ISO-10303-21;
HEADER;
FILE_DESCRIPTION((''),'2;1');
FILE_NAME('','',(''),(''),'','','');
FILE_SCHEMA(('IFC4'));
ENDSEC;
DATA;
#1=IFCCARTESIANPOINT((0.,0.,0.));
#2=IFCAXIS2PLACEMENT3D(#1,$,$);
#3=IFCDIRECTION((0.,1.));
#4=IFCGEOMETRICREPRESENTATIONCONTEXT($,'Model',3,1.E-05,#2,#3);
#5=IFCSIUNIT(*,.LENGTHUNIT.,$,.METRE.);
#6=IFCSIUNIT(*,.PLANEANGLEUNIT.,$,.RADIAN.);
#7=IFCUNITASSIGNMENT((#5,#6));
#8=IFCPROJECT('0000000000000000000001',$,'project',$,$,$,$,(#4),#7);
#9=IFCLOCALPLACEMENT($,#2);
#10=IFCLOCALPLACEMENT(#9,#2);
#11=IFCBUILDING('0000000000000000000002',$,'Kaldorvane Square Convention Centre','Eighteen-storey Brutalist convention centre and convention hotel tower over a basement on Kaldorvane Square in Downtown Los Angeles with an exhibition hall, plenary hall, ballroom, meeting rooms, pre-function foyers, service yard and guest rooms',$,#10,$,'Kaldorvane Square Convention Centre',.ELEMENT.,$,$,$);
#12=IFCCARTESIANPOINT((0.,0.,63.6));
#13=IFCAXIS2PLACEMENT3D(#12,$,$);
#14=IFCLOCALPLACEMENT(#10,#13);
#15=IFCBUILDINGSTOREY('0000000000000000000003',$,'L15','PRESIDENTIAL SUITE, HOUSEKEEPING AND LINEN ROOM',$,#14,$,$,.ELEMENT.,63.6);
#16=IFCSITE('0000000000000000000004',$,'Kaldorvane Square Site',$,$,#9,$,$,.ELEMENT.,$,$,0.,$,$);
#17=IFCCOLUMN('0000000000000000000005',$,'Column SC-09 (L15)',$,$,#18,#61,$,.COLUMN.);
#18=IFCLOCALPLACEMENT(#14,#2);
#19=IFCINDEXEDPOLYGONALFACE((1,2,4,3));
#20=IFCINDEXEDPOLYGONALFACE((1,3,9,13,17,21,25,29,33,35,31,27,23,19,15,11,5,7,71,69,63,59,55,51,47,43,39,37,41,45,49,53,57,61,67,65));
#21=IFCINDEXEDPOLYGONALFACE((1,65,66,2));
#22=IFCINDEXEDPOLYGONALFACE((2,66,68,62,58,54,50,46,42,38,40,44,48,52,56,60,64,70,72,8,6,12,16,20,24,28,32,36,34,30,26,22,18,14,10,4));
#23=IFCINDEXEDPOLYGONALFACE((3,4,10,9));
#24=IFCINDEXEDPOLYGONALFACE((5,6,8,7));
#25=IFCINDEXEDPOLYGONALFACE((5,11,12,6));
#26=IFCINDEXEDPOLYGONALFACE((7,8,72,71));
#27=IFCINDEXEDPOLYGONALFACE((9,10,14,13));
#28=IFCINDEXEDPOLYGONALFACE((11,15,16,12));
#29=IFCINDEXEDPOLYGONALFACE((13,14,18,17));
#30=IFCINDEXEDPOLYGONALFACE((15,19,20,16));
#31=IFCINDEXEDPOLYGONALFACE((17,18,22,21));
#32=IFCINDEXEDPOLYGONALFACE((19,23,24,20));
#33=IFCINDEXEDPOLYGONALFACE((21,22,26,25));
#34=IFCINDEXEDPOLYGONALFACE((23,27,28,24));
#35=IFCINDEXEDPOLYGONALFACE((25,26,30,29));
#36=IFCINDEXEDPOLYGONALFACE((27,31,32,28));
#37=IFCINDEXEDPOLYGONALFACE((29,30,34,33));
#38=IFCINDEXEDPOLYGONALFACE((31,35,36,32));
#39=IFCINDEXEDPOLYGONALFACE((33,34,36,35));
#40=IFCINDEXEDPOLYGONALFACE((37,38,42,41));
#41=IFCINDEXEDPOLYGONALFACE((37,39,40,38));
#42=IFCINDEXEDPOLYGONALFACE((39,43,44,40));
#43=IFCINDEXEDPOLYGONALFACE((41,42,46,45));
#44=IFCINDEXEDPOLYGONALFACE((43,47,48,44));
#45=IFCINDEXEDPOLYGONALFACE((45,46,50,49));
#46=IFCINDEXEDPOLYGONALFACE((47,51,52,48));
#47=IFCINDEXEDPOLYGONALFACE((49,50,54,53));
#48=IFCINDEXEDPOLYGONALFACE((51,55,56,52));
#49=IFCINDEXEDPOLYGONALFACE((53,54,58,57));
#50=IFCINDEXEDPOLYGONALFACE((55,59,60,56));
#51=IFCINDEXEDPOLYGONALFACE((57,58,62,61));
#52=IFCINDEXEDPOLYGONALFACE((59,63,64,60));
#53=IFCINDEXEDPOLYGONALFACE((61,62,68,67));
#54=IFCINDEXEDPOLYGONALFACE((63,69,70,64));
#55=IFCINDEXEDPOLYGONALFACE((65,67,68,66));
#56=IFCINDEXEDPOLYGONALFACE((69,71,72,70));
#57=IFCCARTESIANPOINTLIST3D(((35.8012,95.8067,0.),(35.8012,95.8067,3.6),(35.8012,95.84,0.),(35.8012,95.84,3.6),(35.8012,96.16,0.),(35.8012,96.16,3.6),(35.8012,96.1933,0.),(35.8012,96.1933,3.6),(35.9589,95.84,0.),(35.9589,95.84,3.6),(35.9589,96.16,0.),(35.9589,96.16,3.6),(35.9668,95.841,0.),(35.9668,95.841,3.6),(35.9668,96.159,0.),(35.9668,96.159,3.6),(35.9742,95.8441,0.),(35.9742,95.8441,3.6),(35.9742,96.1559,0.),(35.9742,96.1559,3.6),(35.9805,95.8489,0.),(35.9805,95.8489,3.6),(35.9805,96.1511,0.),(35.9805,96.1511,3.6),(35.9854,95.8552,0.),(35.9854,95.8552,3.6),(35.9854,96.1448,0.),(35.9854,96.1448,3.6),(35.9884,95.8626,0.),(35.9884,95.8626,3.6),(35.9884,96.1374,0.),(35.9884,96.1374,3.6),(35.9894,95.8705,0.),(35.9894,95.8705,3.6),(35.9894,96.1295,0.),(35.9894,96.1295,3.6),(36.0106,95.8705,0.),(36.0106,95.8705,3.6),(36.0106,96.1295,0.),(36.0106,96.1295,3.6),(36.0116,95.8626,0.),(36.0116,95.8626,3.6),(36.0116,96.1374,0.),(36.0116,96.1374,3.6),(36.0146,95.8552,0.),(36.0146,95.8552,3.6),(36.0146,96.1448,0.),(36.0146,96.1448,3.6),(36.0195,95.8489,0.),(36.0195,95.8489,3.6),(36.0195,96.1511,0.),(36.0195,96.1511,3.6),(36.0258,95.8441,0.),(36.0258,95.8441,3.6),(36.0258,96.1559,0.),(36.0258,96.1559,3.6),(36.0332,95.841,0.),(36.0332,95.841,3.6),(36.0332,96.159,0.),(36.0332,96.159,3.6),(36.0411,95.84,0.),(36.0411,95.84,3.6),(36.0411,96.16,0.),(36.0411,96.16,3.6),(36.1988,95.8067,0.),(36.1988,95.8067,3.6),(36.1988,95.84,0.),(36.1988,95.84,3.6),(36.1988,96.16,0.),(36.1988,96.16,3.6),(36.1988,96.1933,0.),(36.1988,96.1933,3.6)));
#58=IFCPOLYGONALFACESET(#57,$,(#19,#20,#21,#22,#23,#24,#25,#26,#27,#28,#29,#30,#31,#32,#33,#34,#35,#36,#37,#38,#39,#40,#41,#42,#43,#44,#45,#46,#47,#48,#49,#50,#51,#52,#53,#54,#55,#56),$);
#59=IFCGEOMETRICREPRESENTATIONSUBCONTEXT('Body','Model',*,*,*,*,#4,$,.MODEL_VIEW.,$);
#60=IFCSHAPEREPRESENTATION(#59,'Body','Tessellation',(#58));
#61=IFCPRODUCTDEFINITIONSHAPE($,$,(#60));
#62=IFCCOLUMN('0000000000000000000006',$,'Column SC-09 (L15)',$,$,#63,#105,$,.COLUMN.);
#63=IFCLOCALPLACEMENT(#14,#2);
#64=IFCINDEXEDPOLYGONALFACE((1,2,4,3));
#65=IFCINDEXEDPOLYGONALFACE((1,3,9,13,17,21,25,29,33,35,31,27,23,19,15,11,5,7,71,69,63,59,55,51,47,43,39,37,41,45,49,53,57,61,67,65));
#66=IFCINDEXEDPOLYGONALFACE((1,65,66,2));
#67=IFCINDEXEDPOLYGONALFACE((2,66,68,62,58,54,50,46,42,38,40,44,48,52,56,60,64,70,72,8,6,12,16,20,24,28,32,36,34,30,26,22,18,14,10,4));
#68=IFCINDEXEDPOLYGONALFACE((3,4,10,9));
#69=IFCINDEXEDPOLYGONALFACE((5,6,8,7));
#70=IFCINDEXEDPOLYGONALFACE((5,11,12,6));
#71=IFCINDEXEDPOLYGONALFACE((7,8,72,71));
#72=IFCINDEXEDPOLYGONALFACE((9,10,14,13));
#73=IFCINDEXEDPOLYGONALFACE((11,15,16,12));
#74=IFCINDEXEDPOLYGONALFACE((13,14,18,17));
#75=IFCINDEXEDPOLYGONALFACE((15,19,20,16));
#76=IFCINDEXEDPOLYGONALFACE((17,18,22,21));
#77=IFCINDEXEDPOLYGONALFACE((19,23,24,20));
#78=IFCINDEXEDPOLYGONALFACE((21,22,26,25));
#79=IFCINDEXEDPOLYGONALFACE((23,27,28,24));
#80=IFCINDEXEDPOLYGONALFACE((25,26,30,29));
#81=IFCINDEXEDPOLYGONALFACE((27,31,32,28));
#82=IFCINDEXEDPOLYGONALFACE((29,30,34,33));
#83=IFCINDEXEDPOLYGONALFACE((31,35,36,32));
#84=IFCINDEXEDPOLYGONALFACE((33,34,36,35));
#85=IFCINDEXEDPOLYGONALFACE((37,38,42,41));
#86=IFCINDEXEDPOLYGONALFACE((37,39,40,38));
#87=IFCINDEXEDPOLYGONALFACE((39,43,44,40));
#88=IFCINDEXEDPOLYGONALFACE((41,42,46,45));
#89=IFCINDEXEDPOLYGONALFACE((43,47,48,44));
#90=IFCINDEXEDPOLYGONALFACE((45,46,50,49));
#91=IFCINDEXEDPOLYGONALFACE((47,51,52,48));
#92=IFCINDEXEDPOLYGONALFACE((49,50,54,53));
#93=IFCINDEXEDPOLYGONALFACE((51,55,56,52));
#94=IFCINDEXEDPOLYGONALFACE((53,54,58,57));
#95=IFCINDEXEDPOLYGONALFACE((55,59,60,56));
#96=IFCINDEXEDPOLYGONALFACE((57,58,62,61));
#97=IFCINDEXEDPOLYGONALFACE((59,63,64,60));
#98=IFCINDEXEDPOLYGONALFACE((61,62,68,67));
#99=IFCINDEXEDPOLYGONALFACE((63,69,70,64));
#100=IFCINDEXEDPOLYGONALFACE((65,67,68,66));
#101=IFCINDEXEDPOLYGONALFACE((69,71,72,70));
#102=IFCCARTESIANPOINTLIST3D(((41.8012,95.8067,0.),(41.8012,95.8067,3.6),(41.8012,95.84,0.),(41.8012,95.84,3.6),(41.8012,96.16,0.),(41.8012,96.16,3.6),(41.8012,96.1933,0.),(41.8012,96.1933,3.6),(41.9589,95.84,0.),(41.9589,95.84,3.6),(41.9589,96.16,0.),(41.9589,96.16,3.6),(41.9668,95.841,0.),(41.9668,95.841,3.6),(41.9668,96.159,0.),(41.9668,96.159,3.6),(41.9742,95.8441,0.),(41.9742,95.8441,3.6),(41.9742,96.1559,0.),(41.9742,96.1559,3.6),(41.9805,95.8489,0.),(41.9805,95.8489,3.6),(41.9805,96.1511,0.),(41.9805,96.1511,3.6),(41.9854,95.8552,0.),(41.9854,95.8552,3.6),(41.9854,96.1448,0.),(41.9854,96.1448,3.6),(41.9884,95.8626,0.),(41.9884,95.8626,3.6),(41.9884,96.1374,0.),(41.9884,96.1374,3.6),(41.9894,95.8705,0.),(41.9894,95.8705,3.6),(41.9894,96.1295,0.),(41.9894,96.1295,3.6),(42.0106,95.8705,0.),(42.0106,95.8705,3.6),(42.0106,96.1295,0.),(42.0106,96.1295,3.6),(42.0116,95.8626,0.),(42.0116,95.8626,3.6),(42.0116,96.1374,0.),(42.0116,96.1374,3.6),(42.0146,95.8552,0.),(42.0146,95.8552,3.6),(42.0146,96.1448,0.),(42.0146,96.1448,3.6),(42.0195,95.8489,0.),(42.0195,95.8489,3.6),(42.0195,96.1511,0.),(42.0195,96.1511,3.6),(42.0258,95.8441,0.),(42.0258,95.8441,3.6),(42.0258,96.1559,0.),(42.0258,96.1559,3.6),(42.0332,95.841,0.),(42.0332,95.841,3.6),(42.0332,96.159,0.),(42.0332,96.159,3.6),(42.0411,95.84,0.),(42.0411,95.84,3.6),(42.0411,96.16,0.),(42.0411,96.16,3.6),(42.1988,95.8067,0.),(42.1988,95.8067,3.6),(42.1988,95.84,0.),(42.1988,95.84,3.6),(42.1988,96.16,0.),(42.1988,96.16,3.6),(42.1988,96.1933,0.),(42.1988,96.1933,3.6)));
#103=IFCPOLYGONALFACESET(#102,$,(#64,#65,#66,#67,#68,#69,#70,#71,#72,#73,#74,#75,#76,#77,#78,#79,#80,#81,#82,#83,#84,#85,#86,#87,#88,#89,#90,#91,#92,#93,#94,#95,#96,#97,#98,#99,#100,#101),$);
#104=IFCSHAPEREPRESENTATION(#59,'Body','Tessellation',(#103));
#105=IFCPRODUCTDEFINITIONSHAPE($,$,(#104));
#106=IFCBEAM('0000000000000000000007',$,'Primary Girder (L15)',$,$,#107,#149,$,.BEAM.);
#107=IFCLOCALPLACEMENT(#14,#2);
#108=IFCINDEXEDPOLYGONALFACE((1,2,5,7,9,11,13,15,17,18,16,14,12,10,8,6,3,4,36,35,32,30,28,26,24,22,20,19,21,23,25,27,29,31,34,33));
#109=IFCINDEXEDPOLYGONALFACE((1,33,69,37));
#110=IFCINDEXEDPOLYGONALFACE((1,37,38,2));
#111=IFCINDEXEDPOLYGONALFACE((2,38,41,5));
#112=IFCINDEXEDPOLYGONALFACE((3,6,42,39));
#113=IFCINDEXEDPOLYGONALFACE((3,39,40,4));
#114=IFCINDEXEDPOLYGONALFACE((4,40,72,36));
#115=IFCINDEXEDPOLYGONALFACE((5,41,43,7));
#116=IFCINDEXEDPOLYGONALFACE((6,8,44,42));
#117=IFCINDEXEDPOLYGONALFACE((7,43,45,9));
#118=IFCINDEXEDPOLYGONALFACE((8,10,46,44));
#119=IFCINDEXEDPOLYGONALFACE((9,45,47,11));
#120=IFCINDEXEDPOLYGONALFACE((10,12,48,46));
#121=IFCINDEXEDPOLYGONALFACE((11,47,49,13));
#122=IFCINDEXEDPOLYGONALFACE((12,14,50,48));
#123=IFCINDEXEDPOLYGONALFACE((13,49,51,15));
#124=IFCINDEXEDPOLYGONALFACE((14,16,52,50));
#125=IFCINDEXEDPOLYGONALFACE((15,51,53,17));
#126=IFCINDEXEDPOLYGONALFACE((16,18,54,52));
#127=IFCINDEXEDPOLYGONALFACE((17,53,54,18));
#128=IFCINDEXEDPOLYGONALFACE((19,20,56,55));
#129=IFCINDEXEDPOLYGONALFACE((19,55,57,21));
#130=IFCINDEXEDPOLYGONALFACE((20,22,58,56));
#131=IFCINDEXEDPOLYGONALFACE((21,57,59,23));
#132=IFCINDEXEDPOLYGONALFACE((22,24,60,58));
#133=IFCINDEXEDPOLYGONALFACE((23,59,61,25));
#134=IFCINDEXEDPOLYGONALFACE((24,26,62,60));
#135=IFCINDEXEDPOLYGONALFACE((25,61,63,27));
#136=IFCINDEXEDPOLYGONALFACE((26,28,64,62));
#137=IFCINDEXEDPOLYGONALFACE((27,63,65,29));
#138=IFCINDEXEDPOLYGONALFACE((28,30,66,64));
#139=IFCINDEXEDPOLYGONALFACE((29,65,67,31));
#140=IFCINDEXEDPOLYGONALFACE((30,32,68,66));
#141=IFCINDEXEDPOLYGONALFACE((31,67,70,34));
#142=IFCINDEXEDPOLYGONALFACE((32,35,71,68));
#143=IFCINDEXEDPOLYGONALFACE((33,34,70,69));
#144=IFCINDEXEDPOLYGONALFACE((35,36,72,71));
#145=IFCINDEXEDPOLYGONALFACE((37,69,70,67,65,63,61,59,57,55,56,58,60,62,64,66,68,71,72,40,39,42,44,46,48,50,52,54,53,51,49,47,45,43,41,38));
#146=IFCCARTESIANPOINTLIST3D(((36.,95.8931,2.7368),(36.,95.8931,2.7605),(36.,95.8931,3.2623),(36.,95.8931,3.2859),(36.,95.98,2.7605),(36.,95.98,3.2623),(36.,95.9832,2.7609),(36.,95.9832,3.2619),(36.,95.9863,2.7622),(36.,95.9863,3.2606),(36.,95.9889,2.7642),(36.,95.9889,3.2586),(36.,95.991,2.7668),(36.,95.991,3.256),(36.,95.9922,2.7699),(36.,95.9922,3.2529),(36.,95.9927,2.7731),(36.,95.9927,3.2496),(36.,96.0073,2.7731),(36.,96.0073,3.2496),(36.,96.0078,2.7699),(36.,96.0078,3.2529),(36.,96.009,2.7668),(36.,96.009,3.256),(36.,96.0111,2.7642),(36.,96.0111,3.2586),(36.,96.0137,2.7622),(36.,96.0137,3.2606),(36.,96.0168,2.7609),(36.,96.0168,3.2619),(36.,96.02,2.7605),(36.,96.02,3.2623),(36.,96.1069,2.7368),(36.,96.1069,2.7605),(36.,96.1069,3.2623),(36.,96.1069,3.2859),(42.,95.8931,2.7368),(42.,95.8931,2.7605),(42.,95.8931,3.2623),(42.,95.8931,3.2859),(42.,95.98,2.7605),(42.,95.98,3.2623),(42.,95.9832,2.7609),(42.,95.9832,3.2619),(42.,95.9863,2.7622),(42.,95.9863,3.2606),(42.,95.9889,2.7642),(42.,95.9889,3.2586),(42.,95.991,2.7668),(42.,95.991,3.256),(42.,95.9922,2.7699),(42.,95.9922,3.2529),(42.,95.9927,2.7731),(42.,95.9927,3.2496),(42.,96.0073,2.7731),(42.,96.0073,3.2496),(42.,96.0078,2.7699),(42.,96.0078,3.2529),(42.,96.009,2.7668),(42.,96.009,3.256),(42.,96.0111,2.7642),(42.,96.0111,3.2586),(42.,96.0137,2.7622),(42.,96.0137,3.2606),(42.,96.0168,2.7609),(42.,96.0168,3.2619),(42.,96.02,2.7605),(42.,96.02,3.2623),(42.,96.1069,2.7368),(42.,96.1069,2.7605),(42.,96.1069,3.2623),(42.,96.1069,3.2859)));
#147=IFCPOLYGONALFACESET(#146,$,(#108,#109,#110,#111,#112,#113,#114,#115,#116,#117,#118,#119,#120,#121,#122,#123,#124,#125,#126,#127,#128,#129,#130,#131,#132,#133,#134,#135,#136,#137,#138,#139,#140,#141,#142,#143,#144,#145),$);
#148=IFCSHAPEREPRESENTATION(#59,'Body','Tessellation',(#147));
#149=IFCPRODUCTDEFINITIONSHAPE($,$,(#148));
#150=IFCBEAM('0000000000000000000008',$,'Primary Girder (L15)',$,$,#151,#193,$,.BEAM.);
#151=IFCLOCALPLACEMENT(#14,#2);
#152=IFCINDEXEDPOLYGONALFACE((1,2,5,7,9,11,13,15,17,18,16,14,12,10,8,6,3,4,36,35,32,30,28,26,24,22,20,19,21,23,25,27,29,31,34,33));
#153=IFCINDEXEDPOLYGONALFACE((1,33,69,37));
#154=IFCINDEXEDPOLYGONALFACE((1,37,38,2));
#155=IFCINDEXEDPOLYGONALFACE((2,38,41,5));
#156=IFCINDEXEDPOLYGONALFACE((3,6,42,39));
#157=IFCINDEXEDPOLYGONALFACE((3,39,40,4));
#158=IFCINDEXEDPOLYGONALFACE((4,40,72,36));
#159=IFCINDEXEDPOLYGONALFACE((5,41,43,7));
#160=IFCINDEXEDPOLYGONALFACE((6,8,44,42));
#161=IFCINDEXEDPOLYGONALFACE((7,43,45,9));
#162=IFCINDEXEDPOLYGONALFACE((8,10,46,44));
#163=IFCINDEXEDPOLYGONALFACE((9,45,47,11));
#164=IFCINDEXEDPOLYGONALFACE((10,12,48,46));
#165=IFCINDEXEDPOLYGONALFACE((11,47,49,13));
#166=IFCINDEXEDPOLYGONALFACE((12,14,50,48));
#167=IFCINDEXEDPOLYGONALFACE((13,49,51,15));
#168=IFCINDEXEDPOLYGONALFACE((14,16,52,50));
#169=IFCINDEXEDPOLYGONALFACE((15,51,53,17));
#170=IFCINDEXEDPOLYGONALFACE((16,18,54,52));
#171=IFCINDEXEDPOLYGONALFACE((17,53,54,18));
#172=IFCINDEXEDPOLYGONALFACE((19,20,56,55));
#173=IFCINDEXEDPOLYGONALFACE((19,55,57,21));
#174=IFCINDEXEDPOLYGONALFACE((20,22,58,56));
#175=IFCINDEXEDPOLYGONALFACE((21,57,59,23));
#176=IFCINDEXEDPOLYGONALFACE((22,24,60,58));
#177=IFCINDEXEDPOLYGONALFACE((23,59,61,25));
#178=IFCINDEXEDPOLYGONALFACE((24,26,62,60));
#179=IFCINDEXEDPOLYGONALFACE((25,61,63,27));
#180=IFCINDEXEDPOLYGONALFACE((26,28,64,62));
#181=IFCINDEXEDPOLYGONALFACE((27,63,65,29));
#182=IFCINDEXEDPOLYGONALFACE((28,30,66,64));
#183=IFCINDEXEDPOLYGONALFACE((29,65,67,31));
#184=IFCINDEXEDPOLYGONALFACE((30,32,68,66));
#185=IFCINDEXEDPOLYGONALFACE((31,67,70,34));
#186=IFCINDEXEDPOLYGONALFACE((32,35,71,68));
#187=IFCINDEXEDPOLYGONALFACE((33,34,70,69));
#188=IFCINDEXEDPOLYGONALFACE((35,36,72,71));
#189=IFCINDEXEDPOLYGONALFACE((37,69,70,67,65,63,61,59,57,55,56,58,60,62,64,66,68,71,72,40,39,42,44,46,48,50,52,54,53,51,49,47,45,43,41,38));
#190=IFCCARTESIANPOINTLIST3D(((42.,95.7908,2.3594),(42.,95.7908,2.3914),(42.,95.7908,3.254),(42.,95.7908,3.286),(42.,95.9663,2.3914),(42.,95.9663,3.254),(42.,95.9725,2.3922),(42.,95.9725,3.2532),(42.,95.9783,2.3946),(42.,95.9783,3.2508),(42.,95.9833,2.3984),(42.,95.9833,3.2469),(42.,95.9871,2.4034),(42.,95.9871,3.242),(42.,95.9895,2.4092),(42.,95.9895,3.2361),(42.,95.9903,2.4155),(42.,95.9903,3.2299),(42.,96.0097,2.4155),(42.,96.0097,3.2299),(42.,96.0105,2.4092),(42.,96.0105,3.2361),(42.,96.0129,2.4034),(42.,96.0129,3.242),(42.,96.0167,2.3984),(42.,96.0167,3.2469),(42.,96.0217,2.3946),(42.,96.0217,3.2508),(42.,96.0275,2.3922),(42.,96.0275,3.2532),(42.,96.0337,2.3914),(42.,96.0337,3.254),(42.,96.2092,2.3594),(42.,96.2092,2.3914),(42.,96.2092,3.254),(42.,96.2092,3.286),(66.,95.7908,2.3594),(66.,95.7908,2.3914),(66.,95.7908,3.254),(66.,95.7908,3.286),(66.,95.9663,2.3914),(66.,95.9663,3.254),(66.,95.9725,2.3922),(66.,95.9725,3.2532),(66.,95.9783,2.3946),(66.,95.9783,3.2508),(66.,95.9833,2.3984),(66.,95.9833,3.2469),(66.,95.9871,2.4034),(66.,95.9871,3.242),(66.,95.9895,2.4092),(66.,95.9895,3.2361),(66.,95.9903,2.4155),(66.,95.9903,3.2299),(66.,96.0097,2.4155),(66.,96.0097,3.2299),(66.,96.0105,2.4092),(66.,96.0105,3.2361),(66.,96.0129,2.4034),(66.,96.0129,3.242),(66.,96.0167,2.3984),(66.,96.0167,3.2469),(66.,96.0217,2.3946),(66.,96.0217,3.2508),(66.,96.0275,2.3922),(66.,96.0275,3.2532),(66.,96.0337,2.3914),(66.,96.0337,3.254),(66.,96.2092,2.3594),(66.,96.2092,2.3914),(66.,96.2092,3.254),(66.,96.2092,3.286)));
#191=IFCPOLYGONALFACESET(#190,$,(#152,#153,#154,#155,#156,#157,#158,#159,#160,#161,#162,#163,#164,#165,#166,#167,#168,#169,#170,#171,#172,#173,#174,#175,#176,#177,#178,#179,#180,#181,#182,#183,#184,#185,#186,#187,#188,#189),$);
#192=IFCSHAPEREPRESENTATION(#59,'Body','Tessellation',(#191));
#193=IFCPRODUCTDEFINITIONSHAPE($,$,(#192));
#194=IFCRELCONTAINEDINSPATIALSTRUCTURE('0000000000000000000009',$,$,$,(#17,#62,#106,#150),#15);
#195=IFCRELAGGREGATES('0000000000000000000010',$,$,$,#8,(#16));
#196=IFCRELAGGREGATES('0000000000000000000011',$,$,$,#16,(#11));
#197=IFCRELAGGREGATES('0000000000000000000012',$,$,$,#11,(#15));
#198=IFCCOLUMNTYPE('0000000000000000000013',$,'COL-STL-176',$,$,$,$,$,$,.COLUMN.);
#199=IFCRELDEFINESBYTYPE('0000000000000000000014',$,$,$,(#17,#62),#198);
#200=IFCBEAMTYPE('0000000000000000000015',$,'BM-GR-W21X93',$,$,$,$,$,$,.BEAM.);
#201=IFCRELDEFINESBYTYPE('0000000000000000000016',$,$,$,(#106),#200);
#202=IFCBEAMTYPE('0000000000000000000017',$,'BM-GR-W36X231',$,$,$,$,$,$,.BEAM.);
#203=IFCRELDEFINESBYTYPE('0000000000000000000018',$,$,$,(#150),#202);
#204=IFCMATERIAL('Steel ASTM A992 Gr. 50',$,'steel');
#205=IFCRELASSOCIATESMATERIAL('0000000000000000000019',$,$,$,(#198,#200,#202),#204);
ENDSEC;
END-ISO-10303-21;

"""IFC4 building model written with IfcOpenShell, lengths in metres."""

from ifc_helpers import new_model, si_unit, direction, frame, origin, origin_2d, place, context, subcontext, project, spatial, i_section, extrude, material, material_profile, profile_set, type_object, element, save


model = new_model("IFC4")

# Units and contexts
model_context = context("Model", 3, precision=1e-05, world=origin(), true_north=direction((0.0, 1.0)))
body_context = subcontext(model_context, "Body", "Model", "MODEL_VIEW")
ifc_project = project(units=[si_unit("LENGTHUNIT", "METRE"), si_unit("PLANEANGLEUNIT", "RADIAN")], contexts=[model_context])

# Site, building, storey
site_placement = place(None, origin())
site = spatial("IfcSite", under=ifc_project, at=site_placement, Name="Kaldorvane Square Site", CompositionType="ELEMENT", RefElevation=0.0)
building_placement = place(site_placement, origin())
building = spatial("IfcBuilding", under=site, at=building_placement, Name="Kaldorvane Square Convention Centre", Description="Eighteen-storey Brutalist convention centre and convention hotel tower over a basement on Kaldorvane Square in Downtown Los Angeles with an exhibition hall, plenary hall, ballroom, meeting rooms, pre-function foyers, service yard and guest rooms", LongName="Kaldorvane Square Convention Centre", CompositionType="ELEMENT")
storey_placement = place(building_placement, frame((0.0, 0.0, 63.6)))
storey = spatial("IfcBuildingStorey", under=building, at=storey_placement, Name="L15", Description="PRESIDENTIAL SUITE, HOUSEKEEPING AND LINEN ROOM", CompositionType="ELEMENT", Elevation=63.6)

# Columns
ifc_material_1 = material(Name="Steel ASTM A992 Gr. 50", Category="steel")
ifc_material_profile_1 = material_profile(ifc_material_1, i_section(OverallWidth=0.3975, OverallDepth=0.3866, WebThickness=0.0211, FlangeThickness=0.0333, FilletRadius=0.0305, at=origin_2d()), Name="W14X176")
ifc_profile_set_1 = profile_set([ifc_material_profile_1], Name="Steel ASTM A992 Gr. 50")
column_type = type_object("IfcColumnType", Name="COL-STL-176", PredefinedType="COLUMN", material=ifc_profile_set_1)
for number, where, z_axis, x_axis, name in (
    (1, (36.0, 96.0, 0.0), (0.0, 0.0, 1.0), (1.0, 0.0, 0.0), "Column SC-09 (L15)"),
    (2, (42.0, 96.0, 0.0), (0.0, 0.0, 1.0), (1.0, 0.0, 0.0), "Column SC-09 (L15)"),
):
    element("IfcColumn", number, at=place(storey_placement, frame(where, z_axis=z_axis, x_axis=x_axis)), inside=storey, type_object=column_type, Name=name, PredefinedType="COLUMN", context=body_context, shape_type="SweptSolid", body=[
        extrude(i_section(OverallWidth=0.3975, OverallDepth=0.3866, WebThickness=0.0211, FlangeThickness=0.0333, FilletRadius=0.0305, at=origin_2d()), origin(), (0.0, 0.0, 1.0), 3.6),
    ])

# Beams
ifc_material_profile_2 = material_profile(ifc_material_1, i_section(OverallWidth=0.2139, OverallDepth=0.5491, WebThickness=0.0147, FlangeThickness=0.0236, FilletRadius=0.0127, at=origin_2d()), Name="W21X93")
ifc_profile_set_2 = profile_set([ifc_material_profile_2], Name="Steel ASTM A992 Gr. 50")
beam_type_1 = type_object("IfcBeamType", Name="BM-GR-W21X93", PredefinedType="BEAM", material=ifc_profile_set_2)
beam_1_placement = place(storey_placement, frame((36.0, 96.0, 3.0114), z_axis=(1.0, 0.0, 0.0), x_axis=(0.0, 1.0, 0.0)))
element("IfcBeam", 3, at=beam_1_placement, inside=storey, type_object=beam_type_1, Name="Primary Girder (L15)", PredefinedType="BEAM", context=body_context, shape_type="SweptSolid", body=[
    extrude(i_section(OverallWidth=0.2139, OverallDepth=0.5491, WebThickness=0.0147, FlangeThickness=0.0236, FilletRadius=0.0127, at=origin_2d()), origin(), (0.0, 0.0, 1.0), 6.0),
])
ifc_material_profile_3 = material_profile(ifc_material_1, i_section(OverallWidth=0.4183, OverallDepth=0.9266, WebThickness=0.0193, FlangeThickness=0.032, FilletRadius=0.0241, at=origin_2d()), Name="W36X231")
ifc_profile_set_3 = profile_set([ifc_material_profile_3], Name="Steel ASTM A992 Gr. 50")
beam_type_2 = type_object("IfcBeamType", Name="BM-GR-W36X231", PredefinedType="BEAM", material=ifc_profile_set_3)
beam_2_placement = place(storey_placement, frame((42.0, 96.0, 2.8227), z_axis=(1.0, 0.0, 0.0), x_axis=(0.0, 1.0, 0.0)))
element("IfcBeam", 4, at=beam_2_placement, inside=storey, type_object=beam_type_2, Name="Primary Girder (L15)", PredefinedType="BEAM", context=body_context, shape_type="SweptSolid", body=[
    extrude(i_section(OverallWidth=0.4183, OverallDepth=0.9266, WebThickness=0.0193, FlangeThickness=0.032, FilletRadius=0.0241, at=origin_2d()), origin(), (0.0, 0.0, 1.0), 24.0),
])

save(model, "model.ifc")
